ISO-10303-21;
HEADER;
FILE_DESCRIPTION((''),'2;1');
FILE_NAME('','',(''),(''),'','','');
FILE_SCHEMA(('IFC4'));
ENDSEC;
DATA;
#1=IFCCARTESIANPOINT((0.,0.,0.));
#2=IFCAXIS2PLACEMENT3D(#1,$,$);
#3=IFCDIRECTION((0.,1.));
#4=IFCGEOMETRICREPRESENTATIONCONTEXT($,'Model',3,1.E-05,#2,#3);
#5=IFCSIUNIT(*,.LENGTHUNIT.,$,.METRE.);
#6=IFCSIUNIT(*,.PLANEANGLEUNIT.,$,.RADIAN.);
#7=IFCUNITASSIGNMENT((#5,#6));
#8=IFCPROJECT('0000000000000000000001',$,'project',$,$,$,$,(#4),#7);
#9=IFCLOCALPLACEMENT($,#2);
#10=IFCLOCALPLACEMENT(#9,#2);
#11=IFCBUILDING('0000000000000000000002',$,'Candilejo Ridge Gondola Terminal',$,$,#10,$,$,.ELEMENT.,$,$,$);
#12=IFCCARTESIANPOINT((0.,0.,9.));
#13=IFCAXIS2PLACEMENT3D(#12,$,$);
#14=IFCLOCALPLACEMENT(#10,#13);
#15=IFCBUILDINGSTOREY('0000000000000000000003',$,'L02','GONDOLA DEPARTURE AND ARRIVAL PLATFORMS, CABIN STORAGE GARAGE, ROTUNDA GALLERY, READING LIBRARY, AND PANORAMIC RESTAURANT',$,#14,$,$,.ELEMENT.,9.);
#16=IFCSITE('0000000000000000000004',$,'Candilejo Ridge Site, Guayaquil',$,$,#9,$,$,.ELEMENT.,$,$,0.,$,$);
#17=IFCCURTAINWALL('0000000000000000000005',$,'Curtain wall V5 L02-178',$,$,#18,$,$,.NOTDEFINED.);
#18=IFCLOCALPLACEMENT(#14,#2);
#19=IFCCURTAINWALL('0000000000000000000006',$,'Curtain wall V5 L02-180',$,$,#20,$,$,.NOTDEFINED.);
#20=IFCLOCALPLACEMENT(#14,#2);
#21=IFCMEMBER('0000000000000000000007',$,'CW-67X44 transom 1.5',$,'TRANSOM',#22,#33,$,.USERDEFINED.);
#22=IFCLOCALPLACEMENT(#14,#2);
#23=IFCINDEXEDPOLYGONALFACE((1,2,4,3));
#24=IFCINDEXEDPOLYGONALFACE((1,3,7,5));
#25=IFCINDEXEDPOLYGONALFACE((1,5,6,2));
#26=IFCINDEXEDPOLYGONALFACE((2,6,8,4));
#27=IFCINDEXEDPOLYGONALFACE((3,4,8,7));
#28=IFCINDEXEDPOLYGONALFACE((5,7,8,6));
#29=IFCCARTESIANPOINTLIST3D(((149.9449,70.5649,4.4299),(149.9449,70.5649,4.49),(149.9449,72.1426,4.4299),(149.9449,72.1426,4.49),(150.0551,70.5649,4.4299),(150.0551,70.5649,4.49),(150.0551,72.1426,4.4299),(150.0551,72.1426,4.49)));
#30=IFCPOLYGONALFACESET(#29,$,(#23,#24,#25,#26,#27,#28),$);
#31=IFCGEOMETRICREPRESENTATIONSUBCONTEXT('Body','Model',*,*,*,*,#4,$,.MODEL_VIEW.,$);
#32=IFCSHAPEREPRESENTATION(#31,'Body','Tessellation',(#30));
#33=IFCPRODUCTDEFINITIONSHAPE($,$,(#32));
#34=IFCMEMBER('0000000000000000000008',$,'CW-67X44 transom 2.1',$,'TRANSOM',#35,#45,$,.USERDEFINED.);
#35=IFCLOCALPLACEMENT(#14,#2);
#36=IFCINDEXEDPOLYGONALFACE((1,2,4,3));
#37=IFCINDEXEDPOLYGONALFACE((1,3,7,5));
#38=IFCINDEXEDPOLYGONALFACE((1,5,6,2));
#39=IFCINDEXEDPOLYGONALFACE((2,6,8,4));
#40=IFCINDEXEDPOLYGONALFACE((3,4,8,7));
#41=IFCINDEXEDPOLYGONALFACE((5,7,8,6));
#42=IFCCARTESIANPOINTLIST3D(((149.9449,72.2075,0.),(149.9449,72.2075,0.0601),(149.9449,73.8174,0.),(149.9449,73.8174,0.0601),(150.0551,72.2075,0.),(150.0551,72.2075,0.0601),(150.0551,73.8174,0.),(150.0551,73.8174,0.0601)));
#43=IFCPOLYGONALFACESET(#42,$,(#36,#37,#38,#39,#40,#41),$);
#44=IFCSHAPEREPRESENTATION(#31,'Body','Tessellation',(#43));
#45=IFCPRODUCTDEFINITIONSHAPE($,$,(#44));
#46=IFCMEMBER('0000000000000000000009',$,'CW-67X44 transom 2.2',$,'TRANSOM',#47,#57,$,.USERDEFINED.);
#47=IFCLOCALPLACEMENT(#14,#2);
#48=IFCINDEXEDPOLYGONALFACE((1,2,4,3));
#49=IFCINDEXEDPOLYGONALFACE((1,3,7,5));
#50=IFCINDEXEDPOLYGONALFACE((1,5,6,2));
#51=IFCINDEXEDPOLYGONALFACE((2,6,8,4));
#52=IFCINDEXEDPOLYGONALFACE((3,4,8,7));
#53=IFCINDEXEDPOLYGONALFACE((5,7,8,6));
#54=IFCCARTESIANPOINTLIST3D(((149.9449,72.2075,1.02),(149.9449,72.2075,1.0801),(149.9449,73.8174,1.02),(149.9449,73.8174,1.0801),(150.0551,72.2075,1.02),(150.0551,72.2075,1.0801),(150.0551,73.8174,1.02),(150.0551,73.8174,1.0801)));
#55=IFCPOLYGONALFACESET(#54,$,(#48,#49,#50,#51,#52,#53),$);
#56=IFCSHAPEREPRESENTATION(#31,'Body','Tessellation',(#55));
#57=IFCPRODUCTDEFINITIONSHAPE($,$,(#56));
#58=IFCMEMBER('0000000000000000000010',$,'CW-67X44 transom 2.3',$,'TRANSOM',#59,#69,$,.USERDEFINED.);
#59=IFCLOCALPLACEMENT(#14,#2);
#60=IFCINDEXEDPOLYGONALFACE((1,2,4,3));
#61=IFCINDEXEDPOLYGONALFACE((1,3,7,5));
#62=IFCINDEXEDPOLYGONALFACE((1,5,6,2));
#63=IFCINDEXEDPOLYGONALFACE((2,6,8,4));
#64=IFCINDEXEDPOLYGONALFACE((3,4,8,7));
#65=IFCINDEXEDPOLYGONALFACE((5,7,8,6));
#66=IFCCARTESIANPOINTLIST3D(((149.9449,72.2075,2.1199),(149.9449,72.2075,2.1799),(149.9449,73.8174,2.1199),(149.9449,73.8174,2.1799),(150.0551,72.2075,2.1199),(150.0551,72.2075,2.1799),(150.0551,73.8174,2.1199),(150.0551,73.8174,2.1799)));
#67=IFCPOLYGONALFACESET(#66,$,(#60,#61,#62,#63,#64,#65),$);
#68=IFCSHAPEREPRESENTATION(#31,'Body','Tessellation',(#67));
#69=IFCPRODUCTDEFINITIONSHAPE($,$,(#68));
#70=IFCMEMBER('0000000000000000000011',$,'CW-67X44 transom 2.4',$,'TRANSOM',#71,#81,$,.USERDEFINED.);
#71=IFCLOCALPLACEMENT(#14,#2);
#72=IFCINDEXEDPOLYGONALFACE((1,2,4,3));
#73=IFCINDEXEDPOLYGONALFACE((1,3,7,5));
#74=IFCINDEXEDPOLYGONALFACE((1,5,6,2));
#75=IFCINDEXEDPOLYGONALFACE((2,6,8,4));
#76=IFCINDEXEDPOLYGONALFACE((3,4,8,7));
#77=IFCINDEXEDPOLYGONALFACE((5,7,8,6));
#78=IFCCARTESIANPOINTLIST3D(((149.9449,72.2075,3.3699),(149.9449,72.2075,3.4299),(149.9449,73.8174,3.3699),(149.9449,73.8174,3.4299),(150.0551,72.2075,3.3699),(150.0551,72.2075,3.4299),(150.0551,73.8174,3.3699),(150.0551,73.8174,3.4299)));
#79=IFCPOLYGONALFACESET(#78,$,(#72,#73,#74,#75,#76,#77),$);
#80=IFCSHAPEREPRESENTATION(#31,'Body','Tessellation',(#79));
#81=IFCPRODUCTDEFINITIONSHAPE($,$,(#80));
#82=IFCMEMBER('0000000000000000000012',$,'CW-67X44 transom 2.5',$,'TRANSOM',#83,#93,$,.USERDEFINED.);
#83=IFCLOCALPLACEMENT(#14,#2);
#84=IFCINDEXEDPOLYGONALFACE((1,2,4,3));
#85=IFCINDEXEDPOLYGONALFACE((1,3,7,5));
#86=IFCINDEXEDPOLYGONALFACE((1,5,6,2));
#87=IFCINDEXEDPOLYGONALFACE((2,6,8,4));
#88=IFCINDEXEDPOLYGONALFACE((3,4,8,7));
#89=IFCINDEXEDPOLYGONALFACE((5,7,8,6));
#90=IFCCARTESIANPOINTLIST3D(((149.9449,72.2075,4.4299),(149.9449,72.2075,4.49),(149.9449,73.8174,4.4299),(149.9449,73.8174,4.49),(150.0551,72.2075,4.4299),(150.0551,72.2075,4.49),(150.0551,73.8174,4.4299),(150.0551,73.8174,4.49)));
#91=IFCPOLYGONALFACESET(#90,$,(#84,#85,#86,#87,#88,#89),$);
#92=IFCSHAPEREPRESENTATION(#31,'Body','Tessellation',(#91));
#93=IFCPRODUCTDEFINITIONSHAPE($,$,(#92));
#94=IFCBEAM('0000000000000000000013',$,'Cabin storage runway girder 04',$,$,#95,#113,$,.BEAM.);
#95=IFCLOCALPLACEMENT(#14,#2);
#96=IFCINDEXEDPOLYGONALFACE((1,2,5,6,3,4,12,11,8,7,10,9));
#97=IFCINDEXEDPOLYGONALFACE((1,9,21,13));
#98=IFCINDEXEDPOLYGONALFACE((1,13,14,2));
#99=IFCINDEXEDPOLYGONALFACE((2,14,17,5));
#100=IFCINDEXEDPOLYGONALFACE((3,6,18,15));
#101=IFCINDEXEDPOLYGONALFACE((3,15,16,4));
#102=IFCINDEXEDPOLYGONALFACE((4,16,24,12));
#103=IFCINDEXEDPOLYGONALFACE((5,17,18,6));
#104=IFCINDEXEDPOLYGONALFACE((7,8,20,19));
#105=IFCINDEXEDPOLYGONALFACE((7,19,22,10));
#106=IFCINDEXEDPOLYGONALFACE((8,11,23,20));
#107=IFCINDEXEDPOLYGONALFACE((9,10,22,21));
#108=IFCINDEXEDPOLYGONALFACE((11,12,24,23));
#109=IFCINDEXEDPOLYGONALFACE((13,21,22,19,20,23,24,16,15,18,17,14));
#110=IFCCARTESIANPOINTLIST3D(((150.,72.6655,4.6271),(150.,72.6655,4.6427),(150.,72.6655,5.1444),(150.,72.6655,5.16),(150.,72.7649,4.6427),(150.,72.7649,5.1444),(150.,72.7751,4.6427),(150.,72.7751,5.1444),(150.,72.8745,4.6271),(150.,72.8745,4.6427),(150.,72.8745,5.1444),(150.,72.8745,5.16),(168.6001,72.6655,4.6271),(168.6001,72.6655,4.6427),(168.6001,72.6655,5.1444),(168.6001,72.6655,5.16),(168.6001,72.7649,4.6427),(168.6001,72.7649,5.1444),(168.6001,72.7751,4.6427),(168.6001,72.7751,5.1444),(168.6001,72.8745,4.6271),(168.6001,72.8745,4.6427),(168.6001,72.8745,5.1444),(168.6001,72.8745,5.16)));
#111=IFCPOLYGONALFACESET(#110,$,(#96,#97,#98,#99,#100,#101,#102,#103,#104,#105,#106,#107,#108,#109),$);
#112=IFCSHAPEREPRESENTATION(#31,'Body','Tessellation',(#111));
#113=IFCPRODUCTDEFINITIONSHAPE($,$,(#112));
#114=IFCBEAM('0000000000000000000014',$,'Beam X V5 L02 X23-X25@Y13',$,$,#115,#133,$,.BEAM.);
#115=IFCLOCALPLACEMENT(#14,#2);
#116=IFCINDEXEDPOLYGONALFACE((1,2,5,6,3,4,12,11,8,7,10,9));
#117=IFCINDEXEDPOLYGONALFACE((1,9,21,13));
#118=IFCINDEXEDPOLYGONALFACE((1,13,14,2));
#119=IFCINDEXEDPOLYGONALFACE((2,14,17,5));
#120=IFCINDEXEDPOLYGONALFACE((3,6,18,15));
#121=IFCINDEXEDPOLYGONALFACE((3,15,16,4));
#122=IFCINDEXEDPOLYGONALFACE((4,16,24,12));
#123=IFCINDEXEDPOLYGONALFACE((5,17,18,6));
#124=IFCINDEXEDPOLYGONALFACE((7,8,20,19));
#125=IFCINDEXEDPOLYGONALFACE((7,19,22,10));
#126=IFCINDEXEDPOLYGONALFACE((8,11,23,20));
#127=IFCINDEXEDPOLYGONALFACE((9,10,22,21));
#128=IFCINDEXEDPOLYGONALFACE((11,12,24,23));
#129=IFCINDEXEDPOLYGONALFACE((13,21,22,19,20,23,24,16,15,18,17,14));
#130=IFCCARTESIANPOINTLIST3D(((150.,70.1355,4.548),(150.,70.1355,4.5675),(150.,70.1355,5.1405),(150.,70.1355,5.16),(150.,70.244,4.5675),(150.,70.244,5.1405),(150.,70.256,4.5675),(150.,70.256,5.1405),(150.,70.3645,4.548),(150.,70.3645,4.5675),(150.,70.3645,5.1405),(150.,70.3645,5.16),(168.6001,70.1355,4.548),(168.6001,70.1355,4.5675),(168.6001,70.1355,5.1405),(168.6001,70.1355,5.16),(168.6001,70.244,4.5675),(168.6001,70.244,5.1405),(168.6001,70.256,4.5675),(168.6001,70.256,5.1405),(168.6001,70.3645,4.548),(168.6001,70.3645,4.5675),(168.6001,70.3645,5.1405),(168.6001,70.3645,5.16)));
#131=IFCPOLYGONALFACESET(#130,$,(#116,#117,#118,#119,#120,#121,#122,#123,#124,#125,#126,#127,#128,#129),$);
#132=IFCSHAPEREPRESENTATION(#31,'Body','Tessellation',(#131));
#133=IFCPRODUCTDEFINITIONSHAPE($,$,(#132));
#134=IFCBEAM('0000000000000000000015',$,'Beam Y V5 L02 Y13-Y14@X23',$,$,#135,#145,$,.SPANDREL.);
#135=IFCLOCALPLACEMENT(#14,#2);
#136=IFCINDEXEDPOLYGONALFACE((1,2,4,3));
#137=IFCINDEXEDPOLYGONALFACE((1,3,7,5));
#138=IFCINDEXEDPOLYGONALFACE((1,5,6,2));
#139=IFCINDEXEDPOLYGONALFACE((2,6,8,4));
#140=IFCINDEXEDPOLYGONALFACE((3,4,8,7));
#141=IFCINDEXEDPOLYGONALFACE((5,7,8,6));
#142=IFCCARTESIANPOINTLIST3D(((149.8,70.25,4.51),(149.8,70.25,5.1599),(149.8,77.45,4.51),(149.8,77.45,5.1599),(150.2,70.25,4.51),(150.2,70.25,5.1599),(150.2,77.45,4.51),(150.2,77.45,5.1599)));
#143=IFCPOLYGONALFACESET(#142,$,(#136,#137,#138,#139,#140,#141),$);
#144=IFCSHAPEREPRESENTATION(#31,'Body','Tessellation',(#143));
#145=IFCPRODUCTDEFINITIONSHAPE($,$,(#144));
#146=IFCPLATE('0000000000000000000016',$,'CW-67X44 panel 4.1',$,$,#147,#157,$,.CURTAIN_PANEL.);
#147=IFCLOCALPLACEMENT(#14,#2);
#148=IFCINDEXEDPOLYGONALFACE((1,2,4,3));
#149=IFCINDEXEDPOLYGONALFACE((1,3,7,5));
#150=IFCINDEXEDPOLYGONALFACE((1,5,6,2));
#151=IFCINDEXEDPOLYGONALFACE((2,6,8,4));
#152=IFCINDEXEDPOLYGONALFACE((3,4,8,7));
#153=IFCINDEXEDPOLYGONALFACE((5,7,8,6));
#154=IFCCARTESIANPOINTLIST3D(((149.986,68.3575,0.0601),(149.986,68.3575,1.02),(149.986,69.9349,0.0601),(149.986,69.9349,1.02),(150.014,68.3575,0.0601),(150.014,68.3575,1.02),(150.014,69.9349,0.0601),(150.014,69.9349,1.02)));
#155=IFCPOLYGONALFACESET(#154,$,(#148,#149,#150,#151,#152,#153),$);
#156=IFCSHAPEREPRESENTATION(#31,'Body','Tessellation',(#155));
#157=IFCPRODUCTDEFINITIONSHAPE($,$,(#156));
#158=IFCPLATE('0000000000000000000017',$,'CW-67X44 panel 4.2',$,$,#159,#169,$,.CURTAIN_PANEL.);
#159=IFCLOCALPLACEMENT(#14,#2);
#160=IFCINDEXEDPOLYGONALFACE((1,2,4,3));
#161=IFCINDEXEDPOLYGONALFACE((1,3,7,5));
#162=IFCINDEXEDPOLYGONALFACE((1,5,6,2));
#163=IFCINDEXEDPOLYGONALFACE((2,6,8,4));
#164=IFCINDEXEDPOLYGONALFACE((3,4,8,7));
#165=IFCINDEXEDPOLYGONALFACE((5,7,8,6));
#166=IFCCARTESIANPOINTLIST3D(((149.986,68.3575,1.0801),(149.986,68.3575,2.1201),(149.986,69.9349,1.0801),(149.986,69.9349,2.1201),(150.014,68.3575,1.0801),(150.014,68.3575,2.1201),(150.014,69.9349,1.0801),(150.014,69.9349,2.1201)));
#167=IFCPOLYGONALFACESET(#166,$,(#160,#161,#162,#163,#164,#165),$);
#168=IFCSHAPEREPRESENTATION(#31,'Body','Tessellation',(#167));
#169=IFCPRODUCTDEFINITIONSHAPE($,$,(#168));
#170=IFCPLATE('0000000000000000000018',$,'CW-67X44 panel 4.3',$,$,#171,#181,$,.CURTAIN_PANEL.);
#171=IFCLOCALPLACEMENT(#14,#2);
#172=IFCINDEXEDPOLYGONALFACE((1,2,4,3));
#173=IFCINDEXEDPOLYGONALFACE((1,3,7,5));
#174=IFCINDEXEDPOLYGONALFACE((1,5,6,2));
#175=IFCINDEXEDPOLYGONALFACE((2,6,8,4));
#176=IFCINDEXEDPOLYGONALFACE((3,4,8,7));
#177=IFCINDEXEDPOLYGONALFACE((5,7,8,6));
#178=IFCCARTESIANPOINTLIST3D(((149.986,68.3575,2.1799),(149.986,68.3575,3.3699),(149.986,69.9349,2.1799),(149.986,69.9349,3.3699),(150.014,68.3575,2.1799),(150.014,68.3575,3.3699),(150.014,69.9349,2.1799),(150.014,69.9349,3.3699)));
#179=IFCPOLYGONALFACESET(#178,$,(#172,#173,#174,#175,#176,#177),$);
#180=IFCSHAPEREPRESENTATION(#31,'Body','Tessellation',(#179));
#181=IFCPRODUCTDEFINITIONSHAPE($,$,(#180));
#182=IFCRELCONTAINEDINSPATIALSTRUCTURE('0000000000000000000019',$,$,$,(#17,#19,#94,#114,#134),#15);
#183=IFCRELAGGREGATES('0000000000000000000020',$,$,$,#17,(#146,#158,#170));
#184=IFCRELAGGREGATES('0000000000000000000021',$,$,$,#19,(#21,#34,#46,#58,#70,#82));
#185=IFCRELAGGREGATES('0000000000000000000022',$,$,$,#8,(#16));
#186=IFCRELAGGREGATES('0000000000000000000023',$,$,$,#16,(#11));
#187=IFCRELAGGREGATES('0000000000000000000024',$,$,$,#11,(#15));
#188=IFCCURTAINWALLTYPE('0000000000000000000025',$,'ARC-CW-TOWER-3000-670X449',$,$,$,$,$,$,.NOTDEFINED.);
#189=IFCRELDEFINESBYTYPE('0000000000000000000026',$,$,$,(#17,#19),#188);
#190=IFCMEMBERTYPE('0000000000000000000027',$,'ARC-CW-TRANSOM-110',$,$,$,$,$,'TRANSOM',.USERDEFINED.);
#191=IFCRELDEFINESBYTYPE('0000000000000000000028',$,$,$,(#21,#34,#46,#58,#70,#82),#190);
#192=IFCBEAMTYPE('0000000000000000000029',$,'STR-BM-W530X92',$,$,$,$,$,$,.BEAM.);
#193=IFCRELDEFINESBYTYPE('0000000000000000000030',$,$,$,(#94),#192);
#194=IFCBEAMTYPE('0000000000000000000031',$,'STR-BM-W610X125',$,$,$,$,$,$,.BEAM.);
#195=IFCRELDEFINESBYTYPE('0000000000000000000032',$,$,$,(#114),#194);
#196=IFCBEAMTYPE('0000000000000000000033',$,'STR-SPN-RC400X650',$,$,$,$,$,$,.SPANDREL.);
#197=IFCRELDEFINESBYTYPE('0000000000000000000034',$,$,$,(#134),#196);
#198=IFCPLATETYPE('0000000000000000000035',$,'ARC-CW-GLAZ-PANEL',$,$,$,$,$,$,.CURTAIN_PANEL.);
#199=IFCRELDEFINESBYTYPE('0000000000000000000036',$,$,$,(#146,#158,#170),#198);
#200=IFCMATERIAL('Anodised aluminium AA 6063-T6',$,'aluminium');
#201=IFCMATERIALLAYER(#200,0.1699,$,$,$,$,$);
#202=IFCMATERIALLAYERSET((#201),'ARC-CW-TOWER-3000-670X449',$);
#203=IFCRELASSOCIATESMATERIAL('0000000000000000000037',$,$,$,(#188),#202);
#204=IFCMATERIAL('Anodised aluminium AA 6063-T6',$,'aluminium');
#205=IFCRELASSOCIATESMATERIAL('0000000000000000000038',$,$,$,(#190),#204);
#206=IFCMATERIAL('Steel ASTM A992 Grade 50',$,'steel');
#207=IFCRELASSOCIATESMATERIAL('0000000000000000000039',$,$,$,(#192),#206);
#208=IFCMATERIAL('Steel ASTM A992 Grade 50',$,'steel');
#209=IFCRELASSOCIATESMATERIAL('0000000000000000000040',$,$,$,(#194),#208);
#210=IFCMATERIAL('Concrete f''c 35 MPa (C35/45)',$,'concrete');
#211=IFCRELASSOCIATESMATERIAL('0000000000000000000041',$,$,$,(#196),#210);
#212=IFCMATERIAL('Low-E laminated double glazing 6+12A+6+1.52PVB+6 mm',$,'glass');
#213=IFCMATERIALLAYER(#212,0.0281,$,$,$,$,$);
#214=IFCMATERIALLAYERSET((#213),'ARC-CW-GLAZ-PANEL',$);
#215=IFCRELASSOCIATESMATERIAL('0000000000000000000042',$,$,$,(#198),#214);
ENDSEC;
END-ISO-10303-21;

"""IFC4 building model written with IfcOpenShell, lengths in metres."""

from ifc_helpers import new_model, si_unit, direction, frame, origin, origin_2d, place, context, subcontext, project, spatial, rectangle, i_section, extrude, material, layer, layer_set, material_profile, profile_set, type_object, element, aggregate, save


model = new_model("IFC4")

# Units and contexts
model_context = context("Model", 3, precision=1e-05, world=origin(), true_north=direction((0.0, 1.0)))
body_context = subcontext(model_context, "Body", "Model", "MODEL_VIEW")
ifc_project = project(units=[si_unit("LENGTHUNIT", "METRE"), si_unit("PLANEANGLEUNIT", "RADIAN")], contexts=[model_context])

# Site, building, storey
site_placement = place(None, origin())
site = spatial("IfcSite", under=ifc_project, at=site_placement, Name="Candilejo Ridge Site, Guayaquil", CompositionType="ELEMENT", RefElevation=0.0)
building_placement = place(site_placement, origin())
building = spatial("IfcBuilding", under=site, at=building_placement, Name="Candilejo Ridge Gondola Terminal", CompositionType="ELEMENT")
storey_placement = place(building_placement, frame((0.0, 0.0, 9.0)))
storey = spatial("IfcBuildingStorey", under=building, at=storey_placement, Name="L02", Description="GONDOLA DEPARTURE AND ARRIVAL PLATFORMS, CABIN STORAGE GARAGE, ROTUNDA GALLERY, READING LIBRARY, AND PANORAMIC RESTAURANT", CompositionType="ELEMENT", Elevation=9.0)

# Curtain walls
ifc_material_1 = material(Name="Anodised aluminium AA 6063-T6", Category="aluminium")
ifc_layer_1 = layer(ifc_material_1, 0.1699)
ifc_layer_set_1 = layer_set([ifc_layer_1], Name="ARC-CW-TOWER-3000-670X449")
curtain_wall_type = type_object("IfcCurtainWallType", Name="ARC-CW-TOWER-3000-670X449", PredefinedType="NOTDEFINED", material=ifc_layer_set_1)
curtain_wall_1_placement = place(storey_placement, origin())
curtain_wall_1 = element("IfcCurtainWall", 1, at=curtain_wall_1_placement, inside=storey, type_object=curtain_wall_type, Name="Curtain wall V5 L02-178", PredefinedType="NOTDEFINED")
curtain_wall_2_placement = place(storey_placement, origin())
curtain_wall_2 = element("IfcCurtainWall", 2, at=curtain_wall_2_placement, inside=storey, type_object=curtain_wall_type, Name="Curtain wall V5 L02-180", PredefinedType="NOTDEFINED")

# Members
ifc_material_2 = material(Name="Anodised aluminium AA 6063-T6", Category="aluminium")
ifc_material_profile_1 = material_profile(ifc_material_2, rectangle(XDim=0.1101, YDim=0.0601, at=origin_2d()))
ifc_profile_set_1 = profile_set([ifc_material_profile_1], Name="Anodised aluminium AA 6063-T6")
member_type_1 = type_object("IfcMemberType", Name="ARC-CW-TRANSOM-110", ElementType="TRANSOM", PredefinedType="USERDEFINED", material=ifc_profile_set_1)
member_1_placement = place(storey_placement, frame((150.0, 70.5649, 4.46), z_axis=(0.0, 1.0, 0.0), x_axis=(-1.0, 0.0, 0.0)))
member_1 = element("IfcMember", 3, at=member_1_placement, type_object=member_type_1, Name="CW-67X44 transom 1.5", ObjectType="TRANSOM", PredefinedType="USERDEFINED", context=body_context, shape_type="SweptSolid", body=[
    extrude(rectangle(XDim=0.1101, YDim=0.0601, at=origin_2d()), origin(), (0.0, 0.0, 1.0), 1.5776),
])
member_2_placement = place(storey_placement, frame((150.0, 72.2075, 0.03), z_axis=(0.0, 1.0, 0.0), x_axis=(-1.0, 0.0, 0.0)))
member_2 = element("IfcMember", 4, at=member_2_placement, type_object=member_type_1, Name="CW-67X44 transom 2.1", ObjectType="TRANSOM", PredefinedType="USERDEFINED", context=body_context, shape_type="SweptSolid", body=[
    extrude(rectangle(XDim=0.1101, YDim=0.0601, at=origin_2d()), origin(), (0.0, 0.0, 1.0), 1.6099),
])
member_3_placement = place(storey_placement, frame((150.0, 72.2075, 1.05), z_axis=(0.0, 1.0, 0.0), x_axis=(-1.0, 0.0, 0.0)))
member_3 = element("IfcMember", 5, at=member_3_placement, type_object=member_type_1, Name="CW-67X44 transom 2.2", ObjectType="TRANSOM", PredefinedType="USERDEFINED", context=body_context, shape_type="SweptSolid", body=[
    extrude(rectangle(XDim=0.1101, YDim=0.0601, at=origin_2d()), origin(), (0.0, 0.0, 1.0), 1.6099),
])
member_4_placement = place(storey_placement, frame((150.0, 72.2075, 2.1499), z_axis=(0.0, 1.0, 0.0), x_axis=(-1.0, 0.0, 0.0)))
member_4 = element("IfcMember", 6, at=member_4_placement, type_object=member_type_1, Name="CW-67X44 transom 2.3", ObjectType="TRANSOM", PredefinedType="USERDEFINED", context=body_context, shape_type="SweptSolid", body=[
    extrude(rectangle(XDim=0.1101, YDim=0.0601, at=origin_2d()), origin(), (0.0, 0.0, 1.0), 1.6099),
])
member_5_placement = place(storey_placement, frame((150.0, 72.2075, 3.3999), z_axis=(0.0, 1.0, 0.0), x_axis=(-1.0, 0.0, 0.0)))
member_5 = element("IfcMember", 7, at=member_5_placement, type_object=member_type_1, Name="CW-67X44 transom 2.4", ObjectType="TRANSOM", PredefinedType="USERDEFINED", context=body_context, shape_type="SweptSolid", body=[
    extrude(rectangle(XDim=0.1101, YDim=0.0601, at=origin_2d()), origin(), (0.0, 0.0, 1.0), 1.6099),
])
member_6_placement = place(storey_placement, frame((150.0, 72.2075, 4.46), z_axis=(0.0, 1.0, 0.0), x_axis=(-1.0, 0.0, 0.0)))
member_6 = element("IfcMember", 8, at=member_6_placement, type_object=member_type_1, Name="CW-67X44 transom 2.5", ObjectType="TRANSOM", PredefinedType="USERDEFINED", context=body_context, shape_type="SweptSolid", body=[
    extrude(rectangle(XDim=0.1101, YDim=0.0601, at=origin_2d()), origin(), (0.0, 0.0, 1.0), 1.6099),
])

# Beams
ifc_material_3 = material(Name="Steel ASTM A992 Grade 50", Category="steel")
ifc_material_profile_2 = material_profile(ifc_material_3, i_section(OverallWidth=0.209, OverallDepth=0.533, WebThickness=0.0103, FlangeThickness=0.0156, at=origin_2d()))
ifc_profile_set_2 = profile_set([ifc_material_profile_2], Name="Steel ASTM A992 Grade 50")
beam_type_1 = type_object("IfcBeamType", Name="STR-BM-W530X92", PredefinedType="BEAM", material=ifc_profile_set_2)
beam_1_placement = place(storey_placement, frame((150.0, 72.77, 4.8936), z_axis=(1.0, 0.0, 0.0), x_axis=(0.0, 1.0, 0.0)))
element("IfcBeam", 9, at=beam_1_placement, inside=storey, type_object=beam_type_1, Name="Cabin storage runway girder 04", PredefinedType="BEAM", context=body_context, shape_type="SweptSolid", body=[
    extrude(i_section(OverallWidth=0.209, OverallDepth=0.533, WebThickness=0.0103, FlangeThickness=0.0156, at=origin_2d()), origin(), (0.0, 0.0, 1.0), 18.6001),
])
ifc_material_4 = material(Name="Steel ASTM A992 Grade 50", Category="steel")
ifc_material_profile_3 = material_profile(ifc_material_4, i_section(OverallWidth=0.229, OverallDepth=0.6121, WebThickness=0.012, FlangeThickness=0.0195, at=origin_2d()))
ifc_profile_set_3 = profile_set([ifc_material_profile_3], Name="Steel ASTM A992 Grade 50")
beam_type_2 = type_object("IfcBeamType", Name="STR-BM-W610X125", PredefinedType="BEAM", material=ifc_profile_set_3)
beam_2_placement = place(storey_placement, frame((150.0, 70.25, 4.854), z_axis=(1.0, 0.0, 0.0), x_axis=(0.0, 1.0, 0.0)))
element("IfcBeam", 10, at=beam_2_placement, inside=storey, type_object=beam_type_2, Name="Beam X V5 L02 X23-X25@Y13", PredefinedType="BEAM", context=body_context, shape_type="SweptSolid", body=[
    extrude(i_section(OverallWidth=0.229, OverallDepth=0.6121, WebThickness=0.012, FlangeThickness=0.0195, at=origin_2d()), origin(), (0.0, 0.0, 1.0), 18.6001),
])
ifc_material_5 = material(Name="Concrete f'c 35 MPa (C35/45)", Category="concrete")
ifc_material_profile_4 = material_profile(ifc_material_5, rectangle(XDim=0.3999, YDim=0.6499, at=origin_2d()))
ifc_profile_set_4 = profile_set([ifc_material_profile_4], Name="Concrete f'c 35 MPa (C35/45)")
beam_type_3 = type_object("IfcBeamType", Name="STR-SPN-RC400X650", PredefinedType="SPANDREL", material=ifc_profile_set_4)
beam_3_placement = place(storey_placement, frame((150.0, 70.25, 4.835), z_axis=(0.0, 1.0, 0.0), x_axis=(-1.0, 0.0, 0.0)))
element("IfcBeam", 11, at=beam_3_placement, inside=storey, type_object=beam_type_3, Name="Beam Y V5 L02 Y13-Y14@X23", PredefinedType="SPANDREL", context=body_context, shape_type="SweptSolid", body=[
    extrude(rectangle(XDim=0.3999, YDim=0.6499, at=origin_2d()), origin(), (0.0, 0.0, 1.0), 7.2),
])

# Plates
ifc_material_6 = material(Name="Low-E laminated double glazing 6+12A+6+1.52PVB+6 mm", Category="glass")
ifc_layer_2 = layer(ifc_material_6, 0.0281)
ifc_layer_set_2 = layer_set([ifc_layer_2], Name="ARC-CW-GLAZ-PANEL")
plate_type = type_object("IfcPlateType", Name="ARC-CW-GLAZ-PANEL", PredefinedType="CURTAIN_PANEL", material=ifc_layer_set_2)
plate_1_placement = place(storey_placement, frame((150.0, 69.1462, 0.0601), z_axis=(0.0, 0.0, 1.0), x_axis=(0.0, 1.0, 0.0)))
plate_1 = element("IfcPlate", 12, at=plate_1_placement, type_object=plate_type, Name="CW-67X44 panel 4.1", PredefinedType="CURTAIN_PANEL", context=body_context, shape_type="SweptSolid", body=[
    extrude(rectangle(XDim=1.5774, YDim=0.0281, at=origin_2d()), origin(), (0.0, 0.0, 1.0), 0.96),
])
plate_2_placement = place(storey_placement, frame((150.0, 69.1462, 1.0801), z_axis=(0.0, 0.0, 1.0), x_axis=(0.0, 1.0, 0.0)))
plate_2 = element("IfcPlate", 13, at=plate_2_placement, type_object=plate_type, Name="CW-67X44 panel 4.2", PredefinedType="CURTAIN_PANEL", context=body_context, shape_type="SweptSolid", body=[
    extrude(rectangle(XDim=1.5774, YDim=0.0281, at=origin_2d()), origin(), (0.0, 0.0, 1.0), 1.04),
])
plate_3_placement = place(storey_placement, frame((150.0, 69.1462, 2.1799), z_axis=(0.0, 0.0, 1.0), x_axis=(0.0, 1.0, 0.0)))
plate_3 = element("IfcPlate", 14, at=plate_3_placement, type_object=plate_type, Name="CW-67X44 panel 4.3", PredefinedType="CURTAIN_PANEL", context=body_context, shape_type="SweptSolid", body=[
    extrude(rectangle(XDim=1.5774, YDim=0.0281, at=origin_2d()), origin(), (0.0, 0.0, 1.0), 1.1899),
])
aggregate(curtain_wall_1, [plate_1, plate_2, plate_3])
aggregate(curtain_wall_2, [member_1, member_2, member_3, member_4, member_5, member_6])

save(model, "model.ifc")
